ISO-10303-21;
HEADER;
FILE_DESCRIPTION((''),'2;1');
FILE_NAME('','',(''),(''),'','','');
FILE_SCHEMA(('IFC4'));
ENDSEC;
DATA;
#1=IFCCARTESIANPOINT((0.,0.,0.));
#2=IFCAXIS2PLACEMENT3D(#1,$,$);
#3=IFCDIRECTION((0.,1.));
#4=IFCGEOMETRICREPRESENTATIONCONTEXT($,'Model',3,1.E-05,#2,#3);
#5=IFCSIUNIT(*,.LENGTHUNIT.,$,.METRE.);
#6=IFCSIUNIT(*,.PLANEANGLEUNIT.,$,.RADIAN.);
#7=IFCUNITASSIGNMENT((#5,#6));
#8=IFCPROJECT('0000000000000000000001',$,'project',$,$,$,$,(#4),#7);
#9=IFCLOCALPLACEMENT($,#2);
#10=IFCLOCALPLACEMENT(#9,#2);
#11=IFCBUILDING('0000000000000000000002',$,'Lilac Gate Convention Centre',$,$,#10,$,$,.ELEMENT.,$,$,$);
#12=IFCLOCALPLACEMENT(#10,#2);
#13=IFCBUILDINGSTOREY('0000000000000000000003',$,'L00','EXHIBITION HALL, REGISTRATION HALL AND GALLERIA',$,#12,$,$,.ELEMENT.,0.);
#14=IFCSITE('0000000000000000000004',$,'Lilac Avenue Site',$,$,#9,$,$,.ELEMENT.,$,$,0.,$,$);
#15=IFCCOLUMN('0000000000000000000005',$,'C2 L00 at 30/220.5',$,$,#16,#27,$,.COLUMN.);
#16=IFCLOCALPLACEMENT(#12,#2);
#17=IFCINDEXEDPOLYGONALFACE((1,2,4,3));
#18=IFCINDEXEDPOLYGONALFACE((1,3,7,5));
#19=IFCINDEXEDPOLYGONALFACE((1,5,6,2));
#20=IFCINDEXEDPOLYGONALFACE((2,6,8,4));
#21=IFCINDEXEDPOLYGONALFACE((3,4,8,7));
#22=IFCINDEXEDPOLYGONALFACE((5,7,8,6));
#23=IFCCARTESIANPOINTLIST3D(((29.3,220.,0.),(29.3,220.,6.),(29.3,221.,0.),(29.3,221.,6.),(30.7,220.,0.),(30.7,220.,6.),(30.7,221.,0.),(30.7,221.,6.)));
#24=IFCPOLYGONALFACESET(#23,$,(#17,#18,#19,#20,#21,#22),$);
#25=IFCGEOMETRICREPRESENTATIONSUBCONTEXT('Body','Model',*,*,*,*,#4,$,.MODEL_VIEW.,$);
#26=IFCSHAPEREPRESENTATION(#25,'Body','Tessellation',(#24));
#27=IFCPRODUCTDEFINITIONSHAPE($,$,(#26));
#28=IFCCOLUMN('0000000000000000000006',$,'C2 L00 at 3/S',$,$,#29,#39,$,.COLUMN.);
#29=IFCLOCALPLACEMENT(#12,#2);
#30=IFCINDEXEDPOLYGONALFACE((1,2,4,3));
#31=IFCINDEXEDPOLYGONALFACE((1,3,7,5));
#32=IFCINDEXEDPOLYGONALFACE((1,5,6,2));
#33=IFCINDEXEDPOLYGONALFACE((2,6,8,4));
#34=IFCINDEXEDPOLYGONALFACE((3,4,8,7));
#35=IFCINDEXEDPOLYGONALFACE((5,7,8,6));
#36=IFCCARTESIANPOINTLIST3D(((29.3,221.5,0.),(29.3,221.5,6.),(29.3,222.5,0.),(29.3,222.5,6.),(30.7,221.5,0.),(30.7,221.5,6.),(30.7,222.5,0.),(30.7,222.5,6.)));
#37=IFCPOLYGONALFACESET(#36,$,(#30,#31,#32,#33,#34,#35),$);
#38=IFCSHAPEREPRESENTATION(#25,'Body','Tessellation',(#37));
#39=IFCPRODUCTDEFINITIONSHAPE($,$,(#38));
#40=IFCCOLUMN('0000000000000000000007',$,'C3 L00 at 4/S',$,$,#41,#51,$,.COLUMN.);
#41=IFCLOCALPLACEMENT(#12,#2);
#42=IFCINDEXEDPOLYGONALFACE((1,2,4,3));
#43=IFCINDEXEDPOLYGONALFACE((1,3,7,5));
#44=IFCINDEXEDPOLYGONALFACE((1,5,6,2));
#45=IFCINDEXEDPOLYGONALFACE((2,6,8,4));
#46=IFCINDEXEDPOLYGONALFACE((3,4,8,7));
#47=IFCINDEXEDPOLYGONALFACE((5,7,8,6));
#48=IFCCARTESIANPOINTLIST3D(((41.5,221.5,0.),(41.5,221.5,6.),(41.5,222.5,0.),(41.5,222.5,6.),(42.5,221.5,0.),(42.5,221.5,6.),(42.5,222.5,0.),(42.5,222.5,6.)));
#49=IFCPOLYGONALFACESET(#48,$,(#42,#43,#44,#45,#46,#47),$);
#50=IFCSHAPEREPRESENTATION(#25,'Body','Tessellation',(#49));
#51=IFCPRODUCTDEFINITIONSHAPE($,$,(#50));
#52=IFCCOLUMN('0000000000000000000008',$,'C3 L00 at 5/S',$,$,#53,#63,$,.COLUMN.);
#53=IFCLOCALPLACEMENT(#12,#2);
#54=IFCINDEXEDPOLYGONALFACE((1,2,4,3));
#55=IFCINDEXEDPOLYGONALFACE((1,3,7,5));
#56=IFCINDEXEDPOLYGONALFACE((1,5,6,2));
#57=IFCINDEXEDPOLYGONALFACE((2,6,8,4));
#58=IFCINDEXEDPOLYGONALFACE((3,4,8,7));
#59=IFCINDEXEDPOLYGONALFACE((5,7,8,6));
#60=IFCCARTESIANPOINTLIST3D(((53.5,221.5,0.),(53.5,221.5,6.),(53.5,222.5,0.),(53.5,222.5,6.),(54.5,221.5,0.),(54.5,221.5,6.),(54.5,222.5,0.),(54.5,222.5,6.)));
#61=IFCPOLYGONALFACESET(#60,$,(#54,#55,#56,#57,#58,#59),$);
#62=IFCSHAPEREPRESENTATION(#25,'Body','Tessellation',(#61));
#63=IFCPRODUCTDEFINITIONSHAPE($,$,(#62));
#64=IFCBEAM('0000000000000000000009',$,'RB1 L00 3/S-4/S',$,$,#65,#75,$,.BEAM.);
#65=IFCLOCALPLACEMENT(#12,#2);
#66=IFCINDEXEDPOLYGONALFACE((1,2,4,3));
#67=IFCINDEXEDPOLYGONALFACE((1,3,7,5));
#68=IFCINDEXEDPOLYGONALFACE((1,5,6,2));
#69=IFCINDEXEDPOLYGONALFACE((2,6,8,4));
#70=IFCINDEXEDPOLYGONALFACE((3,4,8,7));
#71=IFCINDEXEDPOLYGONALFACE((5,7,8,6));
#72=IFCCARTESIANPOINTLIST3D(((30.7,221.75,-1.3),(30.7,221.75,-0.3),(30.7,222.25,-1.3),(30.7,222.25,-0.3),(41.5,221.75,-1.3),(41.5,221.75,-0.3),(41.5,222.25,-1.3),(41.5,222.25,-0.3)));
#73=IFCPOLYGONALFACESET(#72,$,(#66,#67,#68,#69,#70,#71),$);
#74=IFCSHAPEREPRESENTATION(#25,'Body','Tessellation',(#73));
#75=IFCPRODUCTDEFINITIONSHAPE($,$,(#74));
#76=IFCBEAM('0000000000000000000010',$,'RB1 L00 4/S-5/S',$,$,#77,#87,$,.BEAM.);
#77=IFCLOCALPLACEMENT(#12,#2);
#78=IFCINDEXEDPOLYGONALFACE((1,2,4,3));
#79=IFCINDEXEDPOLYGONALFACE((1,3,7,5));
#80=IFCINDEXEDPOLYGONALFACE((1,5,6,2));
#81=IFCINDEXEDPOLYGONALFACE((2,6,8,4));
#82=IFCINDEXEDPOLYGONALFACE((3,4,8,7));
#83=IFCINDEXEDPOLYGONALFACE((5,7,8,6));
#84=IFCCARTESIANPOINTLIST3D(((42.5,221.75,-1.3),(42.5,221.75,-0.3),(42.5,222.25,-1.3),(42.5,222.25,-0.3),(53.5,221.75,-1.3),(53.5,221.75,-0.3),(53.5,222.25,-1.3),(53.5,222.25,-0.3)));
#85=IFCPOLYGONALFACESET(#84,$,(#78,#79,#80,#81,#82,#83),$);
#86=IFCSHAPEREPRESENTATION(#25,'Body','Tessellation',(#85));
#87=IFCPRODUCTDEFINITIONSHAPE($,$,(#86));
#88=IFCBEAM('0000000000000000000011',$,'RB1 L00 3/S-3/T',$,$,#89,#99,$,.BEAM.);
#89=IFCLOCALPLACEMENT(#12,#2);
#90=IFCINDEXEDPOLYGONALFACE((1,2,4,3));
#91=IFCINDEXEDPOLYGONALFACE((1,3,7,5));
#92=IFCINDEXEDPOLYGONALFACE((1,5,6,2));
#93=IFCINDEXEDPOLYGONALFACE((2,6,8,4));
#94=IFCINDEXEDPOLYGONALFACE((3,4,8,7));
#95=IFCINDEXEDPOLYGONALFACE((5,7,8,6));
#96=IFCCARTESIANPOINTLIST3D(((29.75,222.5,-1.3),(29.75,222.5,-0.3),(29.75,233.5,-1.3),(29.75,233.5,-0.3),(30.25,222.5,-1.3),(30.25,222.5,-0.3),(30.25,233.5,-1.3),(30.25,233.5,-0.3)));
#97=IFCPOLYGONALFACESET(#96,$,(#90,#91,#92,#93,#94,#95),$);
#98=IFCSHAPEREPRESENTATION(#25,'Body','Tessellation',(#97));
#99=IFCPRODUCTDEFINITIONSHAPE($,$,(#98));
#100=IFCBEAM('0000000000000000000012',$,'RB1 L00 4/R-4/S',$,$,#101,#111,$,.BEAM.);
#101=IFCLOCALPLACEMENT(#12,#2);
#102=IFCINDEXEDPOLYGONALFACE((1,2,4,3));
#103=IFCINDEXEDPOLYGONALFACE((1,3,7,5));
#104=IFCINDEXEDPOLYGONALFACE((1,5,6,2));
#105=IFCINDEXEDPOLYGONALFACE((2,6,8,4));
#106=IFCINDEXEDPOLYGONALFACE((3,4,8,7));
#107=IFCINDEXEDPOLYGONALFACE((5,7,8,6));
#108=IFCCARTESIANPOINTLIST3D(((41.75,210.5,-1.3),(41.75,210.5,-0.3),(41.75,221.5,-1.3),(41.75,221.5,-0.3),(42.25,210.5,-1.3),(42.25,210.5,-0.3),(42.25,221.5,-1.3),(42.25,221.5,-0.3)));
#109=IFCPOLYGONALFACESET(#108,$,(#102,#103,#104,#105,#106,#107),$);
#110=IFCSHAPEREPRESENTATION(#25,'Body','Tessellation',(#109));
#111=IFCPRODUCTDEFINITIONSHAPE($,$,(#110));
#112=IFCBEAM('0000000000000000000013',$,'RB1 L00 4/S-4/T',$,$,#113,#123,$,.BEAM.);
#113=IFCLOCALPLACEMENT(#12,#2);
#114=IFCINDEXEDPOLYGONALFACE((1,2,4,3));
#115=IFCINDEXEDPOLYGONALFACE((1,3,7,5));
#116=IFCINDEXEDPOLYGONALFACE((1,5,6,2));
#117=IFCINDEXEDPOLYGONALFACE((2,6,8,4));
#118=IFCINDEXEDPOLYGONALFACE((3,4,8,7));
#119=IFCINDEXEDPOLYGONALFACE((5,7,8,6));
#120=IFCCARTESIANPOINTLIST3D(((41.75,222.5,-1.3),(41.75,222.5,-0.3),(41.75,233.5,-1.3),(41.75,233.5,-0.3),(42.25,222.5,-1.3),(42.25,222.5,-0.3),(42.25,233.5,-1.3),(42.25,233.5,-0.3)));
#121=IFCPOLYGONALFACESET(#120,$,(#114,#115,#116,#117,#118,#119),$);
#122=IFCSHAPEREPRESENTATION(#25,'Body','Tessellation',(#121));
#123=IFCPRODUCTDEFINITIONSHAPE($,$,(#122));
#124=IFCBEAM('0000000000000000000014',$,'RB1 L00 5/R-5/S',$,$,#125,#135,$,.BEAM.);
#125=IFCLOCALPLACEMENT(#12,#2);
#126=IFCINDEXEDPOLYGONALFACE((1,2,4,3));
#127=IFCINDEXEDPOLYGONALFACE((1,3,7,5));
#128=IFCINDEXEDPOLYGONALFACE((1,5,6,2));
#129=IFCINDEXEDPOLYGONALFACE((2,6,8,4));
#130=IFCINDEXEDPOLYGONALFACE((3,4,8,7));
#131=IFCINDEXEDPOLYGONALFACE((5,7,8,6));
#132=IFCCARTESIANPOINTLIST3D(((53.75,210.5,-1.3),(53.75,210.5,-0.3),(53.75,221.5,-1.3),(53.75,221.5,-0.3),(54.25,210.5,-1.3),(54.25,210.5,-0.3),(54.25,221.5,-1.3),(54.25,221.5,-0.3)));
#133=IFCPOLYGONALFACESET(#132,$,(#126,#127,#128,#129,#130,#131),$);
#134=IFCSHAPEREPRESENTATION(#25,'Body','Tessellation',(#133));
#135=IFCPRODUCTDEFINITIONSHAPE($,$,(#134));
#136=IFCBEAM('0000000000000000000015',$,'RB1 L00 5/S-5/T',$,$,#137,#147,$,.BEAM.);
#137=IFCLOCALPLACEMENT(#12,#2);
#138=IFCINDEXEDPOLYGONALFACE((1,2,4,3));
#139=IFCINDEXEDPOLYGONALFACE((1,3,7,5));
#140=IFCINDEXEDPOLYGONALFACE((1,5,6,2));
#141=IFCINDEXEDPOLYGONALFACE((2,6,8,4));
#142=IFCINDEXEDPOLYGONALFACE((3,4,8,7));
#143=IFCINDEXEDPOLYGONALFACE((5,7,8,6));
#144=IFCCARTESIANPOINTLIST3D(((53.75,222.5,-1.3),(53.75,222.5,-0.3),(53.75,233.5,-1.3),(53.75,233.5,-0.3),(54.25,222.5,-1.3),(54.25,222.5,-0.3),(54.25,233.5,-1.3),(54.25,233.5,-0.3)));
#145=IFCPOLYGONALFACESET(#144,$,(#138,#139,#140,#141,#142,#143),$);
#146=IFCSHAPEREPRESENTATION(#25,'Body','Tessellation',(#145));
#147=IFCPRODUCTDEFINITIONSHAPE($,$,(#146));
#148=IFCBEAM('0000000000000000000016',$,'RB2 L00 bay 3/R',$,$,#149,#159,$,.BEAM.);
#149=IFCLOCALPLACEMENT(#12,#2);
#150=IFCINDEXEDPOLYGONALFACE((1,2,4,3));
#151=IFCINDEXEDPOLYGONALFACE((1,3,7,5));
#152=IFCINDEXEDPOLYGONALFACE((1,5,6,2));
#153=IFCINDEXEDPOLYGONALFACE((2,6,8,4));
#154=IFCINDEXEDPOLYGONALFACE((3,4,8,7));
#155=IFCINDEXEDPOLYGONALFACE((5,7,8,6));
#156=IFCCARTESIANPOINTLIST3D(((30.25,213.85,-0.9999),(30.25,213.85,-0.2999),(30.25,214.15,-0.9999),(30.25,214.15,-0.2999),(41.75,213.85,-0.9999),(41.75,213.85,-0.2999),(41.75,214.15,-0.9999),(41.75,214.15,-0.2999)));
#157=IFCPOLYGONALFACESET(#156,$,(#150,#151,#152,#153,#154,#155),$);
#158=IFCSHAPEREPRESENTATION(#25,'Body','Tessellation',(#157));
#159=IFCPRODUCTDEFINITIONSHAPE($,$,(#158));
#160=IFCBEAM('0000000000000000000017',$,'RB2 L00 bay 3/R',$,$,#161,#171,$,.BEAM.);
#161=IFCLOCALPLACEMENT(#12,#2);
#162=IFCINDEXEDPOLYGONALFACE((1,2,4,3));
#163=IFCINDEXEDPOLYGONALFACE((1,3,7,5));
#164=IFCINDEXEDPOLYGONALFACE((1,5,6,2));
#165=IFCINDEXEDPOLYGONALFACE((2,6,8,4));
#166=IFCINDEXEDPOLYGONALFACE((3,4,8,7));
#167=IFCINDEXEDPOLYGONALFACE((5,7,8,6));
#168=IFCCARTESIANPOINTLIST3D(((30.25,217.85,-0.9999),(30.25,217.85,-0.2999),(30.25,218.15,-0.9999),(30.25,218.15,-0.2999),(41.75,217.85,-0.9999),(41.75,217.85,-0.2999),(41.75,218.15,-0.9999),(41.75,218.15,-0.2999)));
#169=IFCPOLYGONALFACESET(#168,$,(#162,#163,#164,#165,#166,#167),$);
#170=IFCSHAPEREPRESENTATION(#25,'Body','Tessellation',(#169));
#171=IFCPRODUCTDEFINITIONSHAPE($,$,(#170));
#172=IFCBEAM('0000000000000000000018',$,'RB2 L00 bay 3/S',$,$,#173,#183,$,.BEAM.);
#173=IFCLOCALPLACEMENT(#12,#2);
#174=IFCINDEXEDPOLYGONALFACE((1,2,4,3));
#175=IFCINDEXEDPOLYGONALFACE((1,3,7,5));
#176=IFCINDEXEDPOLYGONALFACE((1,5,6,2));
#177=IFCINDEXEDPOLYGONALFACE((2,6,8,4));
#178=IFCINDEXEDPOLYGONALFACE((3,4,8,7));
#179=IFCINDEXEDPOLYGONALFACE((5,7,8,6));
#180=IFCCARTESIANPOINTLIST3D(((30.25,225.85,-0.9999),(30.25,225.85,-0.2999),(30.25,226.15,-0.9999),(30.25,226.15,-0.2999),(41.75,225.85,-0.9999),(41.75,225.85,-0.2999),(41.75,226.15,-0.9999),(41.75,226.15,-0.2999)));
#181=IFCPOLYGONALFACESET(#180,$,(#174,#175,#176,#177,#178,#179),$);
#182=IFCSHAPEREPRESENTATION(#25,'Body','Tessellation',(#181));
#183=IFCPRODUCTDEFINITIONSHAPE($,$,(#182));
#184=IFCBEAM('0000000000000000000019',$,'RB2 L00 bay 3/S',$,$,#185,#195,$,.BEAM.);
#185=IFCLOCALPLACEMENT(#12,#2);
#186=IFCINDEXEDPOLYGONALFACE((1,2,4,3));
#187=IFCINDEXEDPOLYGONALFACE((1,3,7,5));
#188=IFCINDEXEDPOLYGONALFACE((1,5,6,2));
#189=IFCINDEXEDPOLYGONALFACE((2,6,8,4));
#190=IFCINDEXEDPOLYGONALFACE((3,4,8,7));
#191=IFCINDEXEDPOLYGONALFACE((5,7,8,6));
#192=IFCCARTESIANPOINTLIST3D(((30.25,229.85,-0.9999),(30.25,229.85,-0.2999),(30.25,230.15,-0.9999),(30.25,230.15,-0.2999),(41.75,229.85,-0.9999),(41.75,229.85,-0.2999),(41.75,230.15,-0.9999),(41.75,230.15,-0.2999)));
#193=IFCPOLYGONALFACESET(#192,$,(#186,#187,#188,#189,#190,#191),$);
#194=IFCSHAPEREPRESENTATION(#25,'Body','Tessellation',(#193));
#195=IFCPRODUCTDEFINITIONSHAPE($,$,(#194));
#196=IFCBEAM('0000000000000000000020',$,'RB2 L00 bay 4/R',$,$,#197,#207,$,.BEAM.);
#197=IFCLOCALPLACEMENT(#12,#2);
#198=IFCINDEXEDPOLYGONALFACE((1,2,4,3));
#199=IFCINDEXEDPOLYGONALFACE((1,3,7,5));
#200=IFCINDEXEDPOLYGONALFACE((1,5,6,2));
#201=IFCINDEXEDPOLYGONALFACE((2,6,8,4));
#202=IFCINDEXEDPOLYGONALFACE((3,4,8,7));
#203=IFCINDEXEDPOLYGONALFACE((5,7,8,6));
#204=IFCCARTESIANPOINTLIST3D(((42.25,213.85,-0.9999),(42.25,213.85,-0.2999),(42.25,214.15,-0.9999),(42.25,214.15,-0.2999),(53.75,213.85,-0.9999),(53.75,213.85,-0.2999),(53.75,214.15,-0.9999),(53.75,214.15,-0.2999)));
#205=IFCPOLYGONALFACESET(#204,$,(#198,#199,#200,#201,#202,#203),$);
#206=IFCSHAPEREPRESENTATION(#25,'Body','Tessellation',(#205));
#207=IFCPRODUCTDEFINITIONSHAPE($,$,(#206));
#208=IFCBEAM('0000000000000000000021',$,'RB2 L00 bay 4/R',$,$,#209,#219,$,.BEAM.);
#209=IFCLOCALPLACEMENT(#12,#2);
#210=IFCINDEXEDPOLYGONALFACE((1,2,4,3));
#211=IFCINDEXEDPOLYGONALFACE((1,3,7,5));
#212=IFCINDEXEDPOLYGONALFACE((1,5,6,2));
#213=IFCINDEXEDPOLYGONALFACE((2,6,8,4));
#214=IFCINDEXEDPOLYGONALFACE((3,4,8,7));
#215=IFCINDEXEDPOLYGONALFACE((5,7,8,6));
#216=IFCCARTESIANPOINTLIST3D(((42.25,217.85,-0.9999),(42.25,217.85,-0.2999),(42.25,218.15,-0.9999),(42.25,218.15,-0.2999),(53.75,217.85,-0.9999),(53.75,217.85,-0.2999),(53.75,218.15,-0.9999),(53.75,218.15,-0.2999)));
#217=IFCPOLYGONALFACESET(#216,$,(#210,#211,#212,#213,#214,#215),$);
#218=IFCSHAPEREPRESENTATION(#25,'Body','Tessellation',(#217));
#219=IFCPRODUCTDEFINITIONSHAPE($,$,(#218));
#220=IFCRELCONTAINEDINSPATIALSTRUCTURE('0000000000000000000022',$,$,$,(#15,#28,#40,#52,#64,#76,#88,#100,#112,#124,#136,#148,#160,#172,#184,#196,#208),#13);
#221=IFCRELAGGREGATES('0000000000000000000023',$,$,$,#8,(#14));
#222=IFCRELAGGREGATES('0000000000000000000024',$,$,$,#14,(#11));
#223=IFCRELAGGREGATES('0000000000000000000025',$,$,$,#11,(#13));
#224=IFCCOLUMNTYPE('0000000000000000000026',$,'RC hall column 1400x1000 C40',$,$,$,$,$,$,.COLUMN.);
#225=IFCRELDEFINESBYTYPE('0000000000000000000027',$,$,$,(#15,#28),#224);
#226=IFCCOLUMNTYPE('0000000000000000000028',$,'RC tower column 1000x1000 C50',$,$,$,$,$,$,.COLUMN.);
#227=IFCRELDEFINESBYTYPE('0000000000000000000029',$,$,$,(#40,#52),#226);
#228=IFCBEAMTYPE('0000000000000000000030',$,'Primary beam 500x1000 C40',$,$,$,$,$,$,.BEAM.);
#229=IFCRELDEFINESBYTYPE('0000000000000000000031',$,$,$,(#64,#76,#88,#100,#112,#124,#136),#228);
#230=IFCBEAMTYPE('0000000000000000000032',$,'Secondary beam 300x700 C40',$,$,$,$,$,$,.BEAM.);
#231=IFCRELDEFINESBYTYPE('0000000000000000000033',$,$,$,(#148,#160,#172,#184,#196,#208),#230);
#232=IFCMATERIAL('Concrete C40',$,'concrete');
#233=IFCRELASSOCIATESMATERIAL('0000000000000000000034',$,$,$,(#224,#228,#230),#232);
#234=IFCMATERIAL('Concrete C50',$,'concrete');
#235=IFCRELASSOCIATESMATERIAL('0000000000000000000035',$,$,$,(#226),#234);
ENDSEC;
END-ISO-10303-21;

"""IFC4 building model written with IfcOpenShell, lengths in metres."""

from ifc_helpers import new_model, si_unit, direction, frame, origin, origin_2d, place, context, subcontext, project, spatial, rectangle, extrude, material, material_profile, profile_set, type_object, element, save


model = new_model("IFC4")

# Units and contexts
model_context = context("Model", 3, precision=1e-05, world=origin(), true_north=direction((0.0, 1.0)))
body_context = subcontext(model_context, "Body", "Model", "MODEL_VIEW")
ifc_project = project(units=[si_unit("LENGTHUNIT", "METRE"), si_unit("PLANEANGLEUNIT", "RADIAN")], contexts=[model_context])

# Site, building, storey
site_placement = place(None, origin())
site = spatial("IfcSite", under=ifc_project, at=site_placement, Name="Lilac Avenue Site", CompositionType="ELEMENT", RefElevation=0.0)
building_placement = place(site_placement, origin())
building = spatial("IfcBuilding", under=site, at=building_placement, Name="Lilac Gate Convention Centre", CompositionType="ELEMENT")
storey_placement = place(building_placement, origin())
storey = spatial("IfcBuildingStorey", under=building, at=storey_placement, Name="L00", Description="EXHIBITION HALL, REGISTRATION HALL AND GALLERIA", CompositionType="ELEMENT", Elevation=0.0)

# Columns
ifc_material_1 = material(Name="Concrete C40", Category="concrete")
ifc_material_profile_1 = material_profile(ifc_material_1, rectangle(XDim=1.3999, YDim=1.0, at=origin_2d()), Name="RC 1400x1000")
ifc_profile_set_1 = profile_set([ifc_material_profile_1], Name="Concrete C40")
column_type_1 = type_object("IfcColumnType", Name="RC hall column 1400x1000 C40", PredefinedType="COLUMN", material=ifc_profile_set_1)
for number, where, z_axis, x_axis, name in (
    (1, (30.0, 220.5, 0.0), (0.0, 0.0, 1.0), (1.0, 0.0, 0.0), "C2 L00 at 30/220.5"),
    (2, (30.0, 222.0, 0.0), (0.0, 0.0, 1.0), (1.0, 0.0, 0.0), "C2 L00 at 3/S"),
):
    element("IfcColumn", number, at=place(storey_placement, frame(where, z_axis=z_axis, x_axis=x_axis)), inside=storey, type_object=column_type_1, Name=name, PredefinedType="COLUMN", context=body_context, shape_type="SweptSolid", body=[
        extrude(rectangle(XDim=1.3999, YDim=1.0, at=origin_2d()), origin(), (0.0, 0.0, 1.0), 6.0),
    ])
ifc_material_2 = material(Name="Concrete C50", Category="concrete")
ifc_material_profile_2 = material_profile(ifc_material_2, rectangle(XDim=1.0, YDim=1.0, at=origin_2d()), Name="RC 1000x1000")
ifc_profile_set_2 = profile_set([ifc_material_profile_2], Name="Concrete C50")
column_type_2 = type_object("IfcColumnType", Name="RC tower column 1000x1000 C50", PredefinedType="COLUMN", material=ifc_profile_set_2)
for number, where, z_axis, x_axis, name in (
    (3, (42.0, 222.0, 0.0), (0.0, 0.0, 1.0), (1.0, 0.0, 0.0), "C3 L00 at 4/S"),
    (4, (54.0, 222.0, 0.0), (0.0, 0.0, 1.0), (1.0, 0.0, 0.0), "C3 L00 at 5/S"),
):
    element("IfcColumn", number, at=place(storey_placement, frame(where, z_axis=z_axis, x_axis=x_axis)), inside=storey, type_object=column_type_2, Name=name, PredefinedType="COLUMN", context=body_context, shape_type="SweptSolid", body=[
        extrude(rectangle(XDim=1.0, YDim=1.0, at=origin_2d()), origin(), (0.0, 0.0, 1.0), 6.0),
    ])

# Beams
ifc_material_profile_3 = material_profile(ifc_material_1, rectangle(XDim=0.5, YDim=1.0, at=origin_2d()), Name="RC 500x1000")
ifc_profile_set_3 = profile_set([ifc_material_profile_3], Name="Concrete C40")
beam_type_1 = type_object("IfcBeamType", Name="Primary beam 500x1000 C40", PredefinedType="BEAM", material=ifc_profile_set_3)
beam_placement = place(storey_placement, frame((30.7, 222.0, -0.8), z_axis=(1.0, 0.0, 0.0), x_axis=(0.0, 1.0, 0.0)))
element("IfcBeam", 5, at=beam_placement, inside=storey, type_object=beam_type_1, Name="RB1 L00 3/S-4/S", PredefinedType="BEAM", context=body_context, shape_type="SweptSolid", body=[
    extrude(rectangle(XDim=0.5, YDim=1.0, at=origin_2d()), origin(), (0.0, 0.0, 1.0), 10.8),
])
for number, where, z_axis, x_axis, name in (
    (6, (42.5, 222.0, -0.8), (1.0, 0.0, 0.0), (0.0, 1.0, 0.0), "RB1 L00 4/S-5/S"),
    (7, (30.0, 222.5, -0.8), (0.0, 1.0, 0.0), (-1.0, 0.0, 0.0), "RB1 L00 3/S-3/T"),
    (8, (42.0, 210.5, -0.8), (0.0, 1.0, 0.0), (-1.0, 0.0, 0.0), "RB1 L00 4/R-4/S"),
    (9, (42.0, 222.5, -0.8), (0.0, 1.0, 0.0), (-1.0, 0.0, 0.0), "RB1 L00 4/S-4/T"),
    (10, (54.0, 210.5, -0.8), (0.0, 1.0, 0.0), (-1.0, 0.0, 0.0), "RB1 L00 5/R-5/S"),
    (11, (54.0, 222.5, -0.8), (0.0, 1.0, 0.0), (-1.0, 0.0, 0.0), "RB1 L00 5/S-5/T"),
):
    element("IfcBeam", number, at=place(storey_placement, frame(where, z_axis=z_axis, x_axis=x_axis)), inside=storey, type_object=beam_type_1, Name=name, PredefinedType="BEAM", context=body_context, shape_type="SweptSolid", body=[
        extrude(rectangle(XDim=0.5, YDim=1.0, at=origin_2d()), origin(), (0.0, 0.0, 1.0), 11.0),
    ])
ifc_material_profile_4 = material_profile(ifc_material_1, rectangle(XDim=0.3, YDim=0.7, at=origin_2d()), Name="RC 300x700")
ifc_profile_set_4 = profile_set([ifc_material_profile_4], Name="Concrete C40")
beam_type_2 = type_object("IfcBeamType", Name="Secondary beam 300x700 C40", PredefinedType="BEAM", material=ifc_profile_set_4)
for number, where, z_axis, x_axis, name in (
    (12, (30.25, 214.0, -0.6499), (1.0, 0.0, 0.0), (0.0, 1.0, 0.0), "RB2 L00 bay 3/R"),
    (13, (30.25, 218.0, -0.6499), (1.0, 0.0, 0.0), (0.0, 1.0, 0.0), "RB2 L00 bay 3/R"),
    (14, (30.25, 226.0, -0.6499), (1.0, 0.0, 0.0), (0.0, 1.0, 0.0), "RB2 L00 bay 3/S"),
    (15, (30.25, 230.0, -0.6499), (1.0, 0.0, 0.0), (0.0, 1.0, 0.0), "RB2 L00 bay 3/S"),
    (16, (42.25, 214.0, -0.6499), (1.0, 0.0, 0.0), (0.0, 1.0, 0.0), "RB2 L00 bay 4/R"),
    (17, (42.25, 218.0, -0.6499), (1.0, 0.0, 0.0), (0.0, 1.0, 0.0), "RB2 L00 bay 4/R"),
):
    element("IfcBeam", number, at=place(storey_placement, frame(where, z_axis=z_axis, x_axis=x_axis)), inside=storey, type_object=beam_type_2, Name=name, PredefinedType="BEAM", context=body_context, shape_type="SweptSolid", body=[
        extrude(rectangle(XDim=0.3, YDim=0.7, at=origin_2d()), origin(), (0.0, 0.0, 1.0), 11.5),
    ])

save(model, "model.ifc")
